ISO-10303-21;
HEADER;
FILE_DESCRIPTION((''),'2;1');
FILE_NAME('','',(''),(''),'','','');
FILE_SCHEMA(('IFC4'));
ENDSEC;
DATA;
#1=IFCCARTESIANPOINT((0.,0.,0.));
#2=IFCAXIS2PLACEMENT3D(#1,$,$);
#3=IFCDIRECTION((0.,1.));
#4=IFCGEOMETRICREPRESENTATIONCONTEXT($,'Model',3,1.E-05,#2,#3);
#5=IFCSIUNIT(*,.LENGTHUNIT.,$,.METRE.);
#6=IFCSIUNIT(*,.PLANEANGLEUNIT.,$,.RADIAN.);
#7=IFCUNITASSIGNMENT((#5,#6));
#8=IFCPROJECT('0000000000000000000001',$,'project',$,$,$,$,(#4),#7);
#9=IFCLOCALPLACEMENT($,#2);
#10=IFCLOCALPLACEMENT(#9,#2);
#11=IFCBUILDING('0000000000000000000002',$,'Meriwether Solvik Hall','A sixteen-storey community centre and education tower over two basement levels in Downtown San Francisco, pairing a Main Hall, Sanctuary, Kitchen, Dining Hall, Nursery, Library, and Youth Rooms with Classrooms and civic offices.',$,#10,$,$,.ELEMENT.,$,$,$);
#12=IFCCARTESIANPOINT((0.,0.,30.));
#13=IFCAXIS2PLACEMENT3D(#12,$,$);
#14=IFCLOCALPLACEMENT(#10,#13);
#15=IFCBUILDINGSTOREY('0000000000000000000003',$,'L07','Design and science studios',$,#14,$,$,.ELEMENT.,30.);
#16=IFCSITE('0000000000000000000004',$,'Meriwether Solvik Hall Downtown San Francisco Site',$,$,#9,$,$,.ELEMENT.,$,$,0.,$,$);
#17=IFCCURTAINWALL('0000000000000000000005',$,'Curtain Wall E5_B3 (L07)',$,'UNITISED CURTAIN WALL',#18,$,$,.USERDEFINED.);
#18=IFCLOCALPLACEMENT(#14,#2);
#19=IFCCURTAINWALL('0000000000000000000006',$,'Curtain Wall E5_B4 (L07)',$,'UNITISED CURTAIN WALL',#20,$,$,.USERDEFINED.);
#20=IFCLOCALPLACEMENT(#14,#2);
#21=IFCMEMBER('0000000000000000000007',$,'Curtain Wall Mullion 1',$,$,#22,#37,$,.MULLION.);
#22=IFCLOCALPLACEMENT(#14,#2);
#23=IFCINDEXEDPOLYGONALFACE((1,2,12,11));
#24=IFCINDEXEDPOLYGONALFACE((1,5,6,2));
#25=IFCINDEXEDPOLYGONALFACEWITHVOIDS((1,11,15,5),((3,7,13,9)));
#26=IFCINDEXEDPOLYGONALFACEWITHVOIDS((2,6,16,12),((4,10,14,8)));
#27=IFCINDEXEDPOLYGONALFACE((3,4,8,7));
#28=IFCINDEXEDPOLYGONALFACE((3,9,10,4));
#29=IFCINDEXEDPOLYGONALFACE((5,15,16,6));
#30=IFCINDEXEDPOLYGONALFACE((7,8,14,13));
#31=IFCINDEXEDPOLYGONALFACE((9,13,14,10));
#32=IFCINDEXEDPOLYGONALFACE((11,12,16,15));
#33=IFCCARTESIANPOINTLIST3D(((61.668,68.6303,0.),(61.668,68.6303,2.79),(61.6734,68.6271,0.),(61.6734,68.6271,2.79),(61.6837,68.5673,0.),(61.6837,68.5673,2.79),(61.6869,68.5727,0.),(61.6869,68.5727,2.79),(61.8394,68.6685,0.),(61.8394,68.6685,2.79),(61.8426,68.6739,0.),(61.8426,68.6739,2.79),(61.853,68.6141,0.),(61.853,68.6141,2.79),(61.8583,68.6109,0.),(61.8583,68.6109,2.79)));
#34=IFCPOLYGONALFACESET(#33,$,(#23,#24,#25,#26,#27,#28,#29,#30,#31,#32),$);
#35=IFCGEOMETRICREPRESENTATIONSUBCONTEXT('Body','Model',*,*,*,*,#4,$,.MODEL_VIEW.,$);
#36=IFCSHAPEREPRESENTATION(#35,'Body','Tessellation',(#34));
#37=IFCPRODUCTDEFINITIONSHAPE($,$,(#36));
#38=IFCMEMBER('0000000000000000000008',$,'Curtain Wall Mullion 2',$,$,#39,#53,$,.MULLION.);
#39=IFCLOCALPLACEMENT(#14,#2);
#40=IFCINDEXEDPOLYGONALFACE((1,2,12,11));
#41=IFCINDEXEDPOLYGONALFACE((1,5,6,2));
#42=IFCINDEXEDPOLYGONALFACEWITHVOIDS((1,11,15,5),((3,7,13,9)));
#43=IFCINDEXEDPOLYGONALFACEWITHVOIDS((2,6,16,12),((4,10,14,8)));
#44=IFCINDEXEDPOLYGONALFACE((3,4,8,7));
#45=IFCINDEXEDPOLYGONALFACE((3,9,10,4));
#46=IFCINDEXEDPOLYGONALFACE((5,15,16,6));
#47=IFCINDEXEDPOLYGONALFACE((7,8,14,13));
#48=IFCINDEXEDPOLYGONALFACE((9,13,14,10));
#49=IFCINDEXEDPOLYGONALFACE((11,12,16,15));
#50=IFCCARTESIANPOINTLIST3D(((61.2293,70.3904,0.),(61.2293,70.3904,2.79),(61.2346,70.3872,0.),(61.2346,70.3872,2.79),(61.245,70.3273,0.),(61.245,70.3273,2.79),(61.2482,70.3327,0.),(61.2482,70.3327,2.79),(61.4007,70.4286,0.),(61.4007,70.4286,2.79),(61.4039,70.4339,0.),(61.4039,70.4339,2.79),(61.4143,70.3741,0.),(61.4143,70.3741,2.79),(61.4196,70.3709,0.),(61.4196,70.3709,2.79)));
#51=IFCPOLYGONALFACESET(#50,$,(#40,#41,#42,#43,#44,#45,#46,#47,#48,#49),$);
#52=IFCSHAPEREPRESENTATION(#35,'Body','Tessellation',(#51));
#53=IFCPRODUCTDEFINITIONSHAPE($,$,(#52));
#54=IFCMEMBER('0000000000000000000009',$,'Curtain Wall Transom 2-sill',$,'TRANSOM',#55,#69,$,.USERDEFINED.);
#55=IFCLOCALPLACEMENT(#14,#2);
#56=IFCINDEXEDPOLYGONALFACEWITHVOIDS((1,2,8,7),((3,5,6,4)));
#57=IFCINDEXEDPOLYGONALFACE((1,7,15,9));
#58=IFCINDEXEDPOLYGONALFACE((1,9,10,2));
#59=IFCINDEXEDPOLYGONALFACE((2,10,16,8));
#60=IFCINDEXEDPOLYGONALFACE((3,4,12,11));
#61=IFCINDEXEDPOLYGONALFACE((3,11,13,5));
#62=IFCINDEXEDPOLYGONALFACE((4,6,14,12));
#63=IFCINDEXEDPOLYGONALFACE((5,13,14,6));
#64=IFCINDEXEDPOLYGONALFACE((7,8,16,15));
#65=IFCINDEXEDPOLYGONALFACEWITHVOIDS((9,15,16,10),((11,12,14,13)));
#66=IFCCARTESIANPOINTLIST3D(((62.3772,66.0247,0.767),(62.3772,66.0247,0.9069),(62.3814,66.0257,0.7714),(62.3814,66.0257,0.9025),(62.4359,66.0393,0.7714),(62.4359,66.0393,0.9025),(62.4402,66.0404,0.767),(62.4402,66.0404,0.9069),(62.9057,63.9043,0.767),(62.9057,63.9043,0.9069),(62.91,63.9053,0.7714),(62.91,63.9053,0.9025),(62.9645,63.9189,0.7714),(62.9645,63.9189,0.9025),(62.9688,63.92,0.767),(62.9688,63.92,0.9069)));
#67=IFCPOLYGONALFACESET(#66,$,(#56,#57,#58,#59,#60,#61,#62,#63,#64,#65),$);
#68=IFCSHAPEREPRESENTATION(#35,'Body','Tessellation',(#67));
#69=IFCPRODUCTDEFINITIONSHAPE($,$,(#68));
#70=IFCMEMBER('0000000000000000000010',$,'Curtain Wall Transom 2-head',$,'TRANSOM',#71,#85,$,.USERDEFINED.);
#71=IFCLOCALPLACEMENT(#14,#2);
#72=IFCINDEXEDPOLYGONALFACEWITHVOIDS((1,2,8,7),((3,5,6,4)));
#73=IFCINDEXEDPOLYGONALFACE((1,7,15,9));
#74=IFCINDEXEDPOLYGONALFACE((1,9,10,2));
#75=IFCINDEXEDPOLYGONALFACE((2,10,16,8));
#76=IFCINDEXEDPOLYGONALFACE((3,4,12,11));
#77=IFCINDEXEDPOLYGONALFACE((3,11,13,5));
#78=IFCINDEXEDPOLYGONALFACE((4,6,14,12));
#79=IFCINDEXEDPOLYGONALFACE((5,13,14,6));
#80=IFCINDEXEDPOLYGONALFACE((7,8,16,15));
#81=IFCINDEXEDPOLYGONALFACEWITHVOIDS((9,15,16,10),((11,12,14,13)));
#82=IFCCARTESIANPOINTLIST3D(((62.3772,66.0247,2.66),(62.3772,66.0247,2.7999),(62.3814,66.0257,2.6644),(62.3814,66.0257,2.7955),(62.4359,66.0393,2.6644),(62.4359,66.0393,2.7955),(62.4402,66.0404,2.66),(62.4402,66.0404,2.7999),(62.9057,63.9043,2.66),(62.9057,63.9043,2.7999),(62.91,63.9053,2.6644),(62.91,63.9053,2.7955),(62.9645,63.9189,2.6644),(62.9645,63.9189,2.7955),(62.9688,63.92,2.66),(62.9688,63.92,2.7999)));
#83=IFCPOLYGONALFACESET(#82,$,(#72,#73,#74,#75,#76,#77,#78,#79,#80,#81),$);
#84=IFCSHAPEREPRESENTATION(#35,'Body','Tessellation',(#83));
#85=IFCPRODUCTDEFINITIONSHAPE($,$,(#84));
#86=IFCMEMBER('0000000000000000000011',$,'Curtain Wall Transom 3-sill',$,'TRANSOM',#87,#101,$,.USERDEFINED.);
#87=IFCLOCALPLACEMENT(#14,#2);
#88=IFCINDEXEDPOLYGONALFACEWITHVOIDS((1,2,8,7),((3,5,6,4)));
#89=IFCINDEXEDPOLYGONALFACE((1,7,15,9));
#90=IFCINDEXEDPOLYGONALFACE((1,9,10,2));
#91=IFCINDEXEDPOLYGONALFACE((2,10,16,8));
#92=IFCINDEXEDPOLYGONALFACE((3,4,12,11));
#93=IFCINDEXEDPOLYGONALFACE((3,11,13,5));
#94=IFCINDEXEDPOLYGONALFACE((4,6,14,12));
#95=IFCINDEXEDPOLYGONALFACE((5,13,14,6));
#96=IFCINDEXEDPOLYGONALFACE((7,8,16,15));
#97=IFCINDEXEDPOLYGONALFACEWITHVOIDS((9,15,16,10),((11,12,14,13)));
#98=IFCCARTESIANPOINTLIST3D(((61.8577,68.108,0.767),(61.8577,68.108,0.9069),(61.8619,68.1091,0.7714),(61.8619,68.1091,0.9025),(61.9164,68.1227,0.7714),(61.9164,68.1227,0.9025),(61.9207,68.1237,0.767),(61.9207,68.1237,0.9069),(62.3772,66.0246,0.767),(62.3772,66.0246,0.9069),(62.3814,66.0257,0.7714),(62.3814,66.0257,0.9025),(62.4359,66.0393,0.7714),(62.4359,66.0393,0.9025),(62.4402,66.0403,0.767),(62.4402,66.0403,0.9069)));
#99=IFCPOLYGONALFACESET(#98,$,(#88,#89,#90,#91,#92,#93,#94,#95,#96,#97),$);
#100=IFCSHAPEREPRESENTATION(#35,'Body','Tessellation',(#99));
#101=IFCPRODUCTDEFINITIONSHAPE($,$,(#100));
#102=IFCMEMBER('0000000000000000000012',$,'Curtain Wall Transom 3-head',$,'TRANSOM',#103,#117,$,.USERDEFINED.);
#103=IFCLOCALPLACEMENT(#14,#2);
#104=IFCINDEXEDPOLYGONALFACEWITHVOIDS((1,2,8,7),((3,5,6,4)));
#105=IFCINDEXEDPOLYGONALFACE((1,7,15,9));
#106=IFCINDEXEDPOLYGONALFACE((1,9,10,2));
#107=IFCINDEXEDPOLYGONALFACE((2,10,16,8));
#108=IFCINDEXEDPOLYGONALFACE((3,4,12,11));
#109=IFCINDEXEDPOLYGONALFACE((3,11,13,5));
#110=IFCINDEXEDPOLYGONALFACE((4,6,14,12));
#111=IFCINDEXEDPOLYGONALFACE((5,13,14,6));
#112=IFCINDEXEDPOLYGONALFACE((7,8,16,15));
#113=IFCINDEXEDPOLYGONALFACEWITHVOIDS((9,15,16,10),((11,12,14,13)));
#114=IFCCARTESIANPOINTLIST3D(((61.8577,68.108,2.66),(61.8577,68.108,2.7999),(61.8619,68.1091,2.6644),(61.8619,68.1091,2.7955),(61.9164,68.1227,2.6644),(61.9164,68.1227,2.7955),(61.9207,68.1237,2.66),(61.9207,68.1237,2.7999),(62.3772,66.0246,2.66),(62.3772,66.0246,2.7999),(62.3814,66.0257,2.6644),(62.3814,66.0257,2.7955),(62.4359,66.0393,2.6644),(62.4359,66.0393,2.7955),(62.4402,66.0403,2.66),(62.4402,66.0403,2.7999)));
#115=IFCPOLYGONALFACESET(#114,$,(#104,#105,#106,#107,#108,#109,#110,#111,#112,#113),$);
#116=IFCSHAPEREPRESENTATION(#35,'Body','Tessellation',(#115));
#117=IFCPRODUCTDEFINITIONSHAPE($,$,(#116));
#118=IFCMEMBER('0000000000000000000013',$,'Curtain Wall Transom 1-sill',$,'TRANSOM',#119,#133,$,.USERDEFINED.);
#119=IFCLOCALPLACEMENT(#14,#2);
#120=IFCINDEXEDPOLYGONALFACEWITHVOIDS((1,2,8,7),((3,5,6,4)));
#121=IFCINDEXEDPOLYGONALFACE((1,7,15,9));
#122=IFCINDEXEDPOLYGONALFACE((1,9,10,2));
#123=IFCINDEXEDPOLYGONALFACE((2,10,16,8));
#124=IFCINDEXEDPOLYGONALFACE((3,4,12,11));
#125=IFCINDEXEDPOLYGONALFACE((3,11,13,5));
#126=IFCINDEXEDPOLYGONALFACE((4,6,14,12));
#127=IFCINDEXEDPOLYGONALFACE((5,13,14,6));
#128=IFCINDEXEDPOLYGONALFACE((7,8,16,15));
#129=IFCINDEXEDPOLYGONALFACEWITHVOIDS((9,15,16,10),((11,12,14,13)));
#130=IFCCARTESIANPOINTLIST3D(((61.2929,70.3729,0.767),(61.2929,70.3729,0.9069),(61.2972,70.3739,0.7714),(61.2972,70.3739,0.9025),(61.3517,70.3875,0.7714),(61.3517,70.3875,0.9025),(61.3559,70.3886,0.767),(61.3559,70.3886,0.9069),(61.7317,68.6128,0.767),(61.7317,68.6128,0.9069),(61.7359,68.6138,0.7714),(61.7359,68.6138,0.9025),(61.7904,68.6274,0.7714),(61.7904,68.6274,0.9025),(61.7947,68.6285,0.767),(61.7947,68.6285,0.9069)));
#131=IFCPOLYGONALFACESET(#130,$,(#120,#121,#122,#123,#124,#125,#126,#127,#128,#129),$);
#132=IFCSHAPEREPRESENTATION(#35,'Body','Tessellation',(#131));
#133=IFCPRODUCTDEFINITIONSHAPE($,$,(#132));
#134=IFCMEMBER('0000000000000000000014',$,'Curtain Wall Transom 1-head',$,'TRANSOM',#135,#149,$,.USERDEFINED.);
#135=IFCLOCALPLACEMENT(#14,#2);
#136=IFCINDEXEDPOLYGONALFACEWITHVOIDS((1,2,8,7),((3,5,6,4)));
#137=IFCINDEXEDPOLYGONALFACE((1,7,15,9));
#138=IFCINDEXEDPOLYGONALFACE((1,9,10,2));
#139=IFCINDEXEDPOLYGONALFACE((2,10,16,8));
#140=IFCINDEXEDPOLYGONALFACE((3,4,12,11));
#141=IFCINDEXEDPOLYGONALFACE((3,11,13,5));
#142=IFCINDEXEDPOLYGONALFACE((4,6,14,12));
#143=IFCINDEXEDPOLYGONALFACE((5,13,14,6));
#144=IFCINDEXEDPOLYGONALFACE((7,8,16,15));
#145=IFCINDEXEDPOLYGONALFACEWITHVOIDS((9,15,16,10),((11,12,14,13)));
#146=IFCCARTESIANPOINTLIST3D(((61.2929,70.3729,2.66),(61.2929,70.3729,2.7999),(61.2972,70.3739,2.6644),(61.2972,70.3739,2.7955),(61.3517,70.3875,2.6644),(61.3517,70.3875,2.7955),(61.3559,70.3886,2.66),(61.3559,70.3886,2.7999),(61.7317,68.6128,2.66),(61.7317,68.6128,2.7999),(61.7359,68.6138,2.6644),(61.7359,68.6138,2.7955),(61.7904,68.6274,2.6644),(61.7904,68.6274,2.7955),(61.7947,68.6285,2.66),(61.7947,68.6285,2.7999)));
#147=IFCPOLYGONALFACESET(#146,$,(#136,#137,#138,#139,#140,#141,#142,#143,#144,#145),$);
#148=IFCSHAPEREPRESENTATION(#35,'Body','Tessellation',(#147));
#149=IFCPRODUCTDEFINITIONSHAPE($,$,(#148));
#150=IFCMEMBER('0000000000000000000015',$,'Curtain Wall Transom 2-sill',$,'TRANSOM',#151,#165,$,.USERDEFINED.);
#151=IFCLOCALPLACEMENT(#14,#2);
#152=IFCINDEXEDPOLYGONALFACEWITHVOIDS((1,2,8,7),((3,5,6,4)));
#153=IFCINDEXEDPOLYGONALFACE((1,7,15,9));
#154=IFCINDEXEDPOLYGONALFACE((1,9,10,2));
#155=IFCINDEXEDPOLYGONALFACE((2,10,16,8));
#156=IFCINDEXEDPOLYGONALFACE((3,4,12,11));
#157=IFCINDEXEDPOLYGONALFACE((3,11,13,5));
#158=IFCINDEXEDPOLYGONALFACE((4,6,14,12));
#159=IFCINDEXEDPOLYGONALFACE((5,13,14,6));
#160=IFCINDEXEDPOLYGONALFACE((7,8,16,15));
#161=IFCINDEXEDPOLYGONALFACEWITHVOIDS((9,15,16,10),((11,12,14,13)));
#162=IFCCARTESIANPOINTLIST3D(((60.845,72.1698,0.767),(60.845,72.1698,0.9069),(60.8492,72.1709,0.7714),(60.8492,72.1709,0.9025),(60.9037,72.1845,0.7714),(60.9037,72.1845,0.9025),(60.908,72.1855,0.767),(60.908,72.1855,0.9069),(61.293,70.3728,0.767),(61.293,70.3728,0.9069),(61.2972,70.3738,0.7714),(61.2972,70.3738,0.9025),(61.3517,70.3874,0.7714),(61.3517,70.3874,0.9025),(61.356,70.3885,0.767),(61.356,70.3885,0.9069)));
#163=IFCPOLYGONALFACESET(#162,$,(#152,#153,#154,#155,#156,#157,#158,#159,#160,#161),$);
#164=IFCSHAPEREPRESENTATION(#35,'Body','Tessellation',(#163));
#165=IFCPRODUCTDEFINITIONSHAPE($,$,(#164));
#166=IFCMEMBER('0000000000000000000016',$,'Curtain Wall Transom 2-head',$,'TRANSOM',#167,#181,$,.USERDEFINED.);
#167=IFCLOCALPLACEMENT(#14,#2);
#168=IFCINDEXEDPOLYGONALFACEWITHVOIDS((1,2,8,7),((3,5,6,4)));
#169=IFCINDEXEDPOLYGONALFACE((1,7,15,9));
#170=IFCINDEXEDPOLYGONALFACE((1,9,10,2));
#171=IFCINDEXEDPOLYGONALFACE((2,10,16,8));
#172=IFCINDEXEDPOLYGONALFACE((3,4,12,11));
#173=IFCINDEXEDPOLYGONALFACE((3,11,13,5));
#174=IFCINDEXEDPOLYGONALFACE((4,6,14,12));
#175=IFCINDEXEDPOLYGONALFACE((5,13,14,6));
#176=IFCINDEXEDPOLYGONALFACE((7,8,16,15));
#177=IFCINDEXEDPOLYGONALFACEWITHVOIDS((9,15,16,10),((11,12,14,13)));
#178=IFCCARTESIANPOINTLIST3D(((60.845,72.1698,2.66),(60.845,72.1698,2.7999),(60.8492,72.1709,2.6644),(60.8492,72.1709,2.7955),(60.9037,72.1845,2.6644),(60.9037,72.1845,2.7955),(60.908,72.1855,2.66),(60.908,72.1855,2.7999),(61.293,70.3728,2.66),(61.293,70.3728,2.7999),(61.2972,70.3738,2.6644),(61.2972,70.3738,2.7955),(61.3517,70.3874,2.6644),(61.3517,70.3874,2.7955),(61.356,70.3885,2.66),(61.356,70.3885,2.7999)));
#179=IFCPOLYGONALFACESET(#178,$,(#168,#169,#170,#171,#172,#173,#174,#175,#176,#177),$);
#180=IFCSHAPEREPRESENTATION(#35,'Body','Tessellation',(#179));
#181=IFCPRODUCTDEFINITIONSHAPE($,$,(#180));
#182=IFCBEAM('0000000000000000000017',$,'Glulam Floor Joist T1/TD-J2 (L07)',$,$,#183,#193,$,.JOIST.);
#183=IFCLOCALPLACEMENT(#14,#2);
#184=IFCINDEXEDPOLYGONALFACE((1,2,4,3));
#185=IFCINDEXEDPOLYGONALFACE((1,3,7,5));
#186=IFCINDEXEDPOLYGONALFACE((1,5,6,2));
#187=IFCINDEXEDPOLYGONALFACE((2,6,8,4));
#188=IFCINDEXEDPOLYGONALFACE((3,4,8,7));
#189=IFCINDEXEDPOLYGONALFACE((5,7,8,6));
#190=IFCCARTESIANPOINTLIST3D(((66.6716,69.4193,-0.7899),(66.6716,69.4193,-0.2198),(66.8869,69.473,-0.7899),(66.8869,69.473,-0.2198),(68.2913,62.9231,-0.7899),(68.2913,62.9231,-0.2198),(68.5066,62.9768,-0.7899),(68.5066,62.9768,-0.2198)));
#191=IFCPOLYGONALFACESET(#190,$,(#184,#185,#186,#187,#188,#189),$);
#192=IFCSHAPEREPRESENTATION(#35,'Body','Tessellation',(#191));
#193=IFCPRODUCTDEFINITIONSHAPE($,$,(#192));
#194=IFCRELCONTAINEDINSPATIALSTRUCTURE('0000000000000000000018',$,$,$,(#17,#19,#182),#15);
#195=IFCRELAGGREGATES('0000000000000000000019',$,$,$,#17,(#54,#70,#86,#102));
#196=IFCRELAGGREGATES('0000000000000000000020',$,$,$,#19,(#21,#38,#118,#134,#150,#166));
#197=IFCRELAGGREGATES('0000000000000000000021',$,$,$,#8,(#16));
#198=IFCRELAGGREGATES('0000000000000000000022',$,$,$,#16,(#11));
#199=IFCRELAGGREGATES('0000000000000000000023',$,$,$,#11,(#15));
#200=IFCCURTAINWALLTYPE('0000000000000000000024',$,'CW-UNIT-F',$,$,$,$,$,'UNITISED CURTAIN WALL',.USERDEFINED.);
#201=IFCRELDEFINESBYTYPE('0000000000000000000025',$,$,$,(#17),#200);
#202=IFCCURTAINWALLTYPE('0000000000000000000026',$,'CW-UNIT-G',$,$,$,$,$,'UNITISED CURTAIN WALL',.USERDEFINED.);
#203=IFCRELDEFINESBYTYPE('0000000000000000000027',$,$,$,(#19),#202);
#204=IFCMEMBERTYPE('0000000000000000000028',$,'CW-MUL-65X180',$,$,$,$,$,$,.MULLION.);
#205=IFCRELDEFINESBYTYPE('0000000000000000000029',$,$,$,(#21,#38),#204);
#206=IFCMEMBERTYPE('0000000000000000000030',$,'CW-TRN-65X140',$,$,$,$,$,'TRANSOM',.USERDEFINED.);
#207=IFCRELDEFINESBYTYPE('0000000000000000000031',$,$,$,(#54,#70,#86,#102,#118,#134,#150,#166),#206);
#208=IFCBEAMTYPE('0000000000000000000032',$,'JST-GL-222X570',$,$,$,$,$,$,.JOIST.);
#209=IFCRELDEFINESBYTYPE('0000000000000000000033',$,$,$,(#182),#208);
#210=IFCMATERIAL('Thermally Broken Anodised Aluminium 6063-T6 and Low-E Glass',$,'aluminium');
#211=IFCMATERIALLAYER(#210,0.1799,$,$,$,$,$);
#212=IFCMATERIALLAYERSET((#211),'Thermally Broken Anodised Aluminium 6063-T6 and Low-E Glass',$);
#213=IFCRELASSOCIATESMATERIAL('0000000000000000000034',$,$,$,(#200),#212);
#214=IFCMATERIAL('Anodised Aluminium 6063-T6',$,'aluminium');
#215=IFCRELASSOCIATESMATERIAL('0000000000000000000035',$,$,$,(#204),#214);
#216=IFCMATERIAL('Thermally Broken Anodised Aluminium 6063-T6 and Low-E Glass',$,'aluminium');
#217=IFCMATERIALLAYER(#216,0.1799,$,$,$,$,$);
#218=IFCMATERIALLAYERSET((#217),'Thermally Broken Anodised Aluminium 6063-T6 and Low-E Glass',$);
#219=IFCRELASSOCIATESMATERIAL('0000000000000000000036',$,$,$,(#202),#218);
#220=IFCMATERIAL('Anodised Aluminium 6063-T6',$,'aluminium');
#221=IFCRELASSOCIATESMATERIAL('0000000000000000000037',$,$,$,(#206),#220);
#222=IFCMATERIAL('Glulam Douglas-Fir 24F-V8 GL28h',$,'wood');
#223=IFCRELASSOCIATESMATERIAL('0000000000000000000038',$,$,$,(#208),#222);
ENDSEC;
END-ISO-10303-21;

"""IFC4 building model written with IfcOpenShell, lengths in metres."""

from ifc_helpers import new_model, si_unit, direction, frame, origin, origin_2d, place, context, subcontext, project, spatial, rectangle, hollow_rectangle, extrude, material, layer, layer_set, material_profile, profile_set, type_object, element, aggregate, save


model = new_model("IFC4")

# Units and contexts
model_context = context("Model", 3, precision=1e-05, world=origin(), true_north=direction((0.0, 1.0)))
body_context = subcontext(model_context, "Body", "Model", "MODEL_VIEW")
ifc_project = project(units=[si_unit("LENGTHUNIT", "METRE"), si_unit("PLANEANGLEUNIT", "RADIAN")], contexts=[model_context])

# Site, building, storey
site_placement = place(None, origin())
site = spatial("IfcSite", under=ifc_project, at=site_placement, Name="Meriwether Solvik Hall Downtown San Francisco Site", CompositionType="ELEMENT", RefElevation=0.0)
building_placement = place(site_placement, origin())
building = spatial("IfcBuilding", under=site, at=building_placement, Name="Meriwether Solvik Hall", Description="A sixteen-storey community centre and education tower over two basement levels in Downtown San Francisco, pairing a Main Hall, Sanctuary, Kitchen, Dining Hall, Nursery, Library, and Youth Rooms with Classrooms and civic offices.", CompositionType="ELEMENT")
storey_placement = place(building_placement, frame((0.0, 0.0, 30.0)))
storey = spatial("IfcBuildingStorey", under=building, at=storey_placement, Name="L07", Description="Design and science studios", CompositionType="ELEMENT", Elevation=30.0)

# Curtain walls, members
ifc_material_1 = material(Name="Thermally Broken Anodised Aluminium 6063-T6 and Low-E Glass", Category="aluminium")
ifc_layer_1 = layer(ifc_material_1, 0.1799)
ifc_layer_set_1 = layer_set([ifc_layer_1], Name="Thermally Broken Anodised Aluminium 6063-T6 and Low-E Glass")
curtain_wall_type_1 = type_object("IfcCurtainWallType", Name="CW-UNIT-F", ElementType="UNITISED CURTAIN WALL", PredefinedType="USERDEFINED", material=ifc_layer_set_1)
curtain_wall_1_placement = place(storey_placement, origin())
curtain_wall_1 = element("IfcCurtainWall", 1, at=curtain_wall_1_placement, inside=storey, type_object=curtain_wall_type_1, Name="Curtain Wall E5_B3 (L07)", ObjectType="UNITISED CURTAIN WALL", PredefinedType="USERDEFINED")
ifc_material_2 = material(Name="Anodised Aluminium 6063-T6", Category="aluminium")
ifc_material_profile_1 = material_profile(ifc_material_2, hollow_rectangle(XDim=0.0649, YDim=0.1799, WallThickness=0.0044, at=origin_2d()), Name="CWM-65X180")
ifc_profile_set_1 = profile_set([ifc_material_profile_1], Name="Anodised Aluminium 6063-T6")
member_type_1 = type_object("IfcMemberType", Name="CW-MUL-65X180", PredefinedType="MULLION", material=ifc_profile_set_1)
ifc_material_3 = material(Name="Thermally Broken Anodised Aluminium 6063-T6 and Low-E Glass", Category="aluminium")
ifc_layer_2 = layer(ifc_material_3, 0.1799)
ifc_layer_set_2 = layer_set([ifc_layer_2], Name="Thermally Broken Anodised Aluminium 6063-T6 and Low-E Glass")
curtain_wall_type_2 = type_object("IfcCurtainWallType", Name="CW-UNIT-G", ElementType="UNITISED CURTAIN WALL", PredefinedType="USERDEFINED", material=ifc_layer_set_2)
curtain_wall_2_placement = place(storey_placement, origin())
curtain_wall_2 = element("IfcCurtainWall", 2, at=curtain_wall_2_placement, inside=storey, type_object=curtain_wall_type_2, Name="Curtain Wall E5_B4 (L07)", ObjectType="UNITISED CURTAIN WALL", PredefinedType="USERDEFINED")
member_1_placement = place(storey_placement, frame((61.7632, 68.6206, 0.0), z_axis=(0.0, 0.0, 1.0), x_axis=(-0.241922, 0.970296, 0.0)))
member_1 = element("IfcMember", 3, at=member_1_placement, type_object=member_type_1, Name="Curtain Wall Mullion 1", PredefinedType="MULLION", context=body_context, shape_type="SweptSolid", body=[
    extrude(hollow_rectangle(XDim=0.0649, YDim=0.1799, WallThickness=0.0044, at=origin_2d()), origin(), (0.0, 0.0, 1.0), 2.79),
])
member_2_placement = place(storey_placement, frame((61.3245, 70.3806, 0.0), z_axis=(0.0, 0.0, 1.0), x_axis=(-0.241922, 0.970296, 0.0)))
member_2 = element("IfcMember", 4, at=member_2_placement, type_object=member_type_1, Name="Curtain Wall Mullion 2", PredefinedType="MULLION", context=body_context, shape_type="SweptSolid", body=[
    extrude(hollow_rectangle(XDim=0.0649, YDim=0.1799, WallThickness=0.0044, at=origin_2d()), origin(), (0.0, 0.0, 1.0), 2.79),
])

# Members
ifc_material_4 = material(Name="Anodised Aluminium 6063-T6", Category="aluminium")
ifc_material_profile_2 = material_profile(ifc_material_4, hollow_rectangle(XDim=0.0649, YDim=0.1399, WallThickness=0.0044, at=origin_2d()), Name="CWT-65X140")
ifc_profile_set_2 = profile_set([ifc_material_profile_2], Name="Anodised Aluminium 6063-T6")
member_type_2 = type_object("IfcMemberType", Name="CW-TRN-65X140", ElementType="TRANSOM", PredefinedType="USERDEFINED", material=ifc_profile_set_2)
member_3_placement = place(storey_placement, frame((62.9373, 63.9121, 0.8369), z_axis=(-0.241878, 0.970307, 0.0), x_axis=(-0.970307, -0.241878, 0.0)))
member_3 = element("IfcMember", 5, at=member_3_placement, type_object=member_type_2, Name="Curtain Wall Transom 2-sill", ObjectType="TRANSOM", PredefinedType="USERDEFINED", context=body_context, shape_type="SweptSolid", body=[
    extrude(hollow_rectangle(XDim=0.0649, YDim=0.1399, WallThickness=0.0044, at=origin_2d()), origin(), (0.0, 0.0, 1.0), 2.1853),
])
member_4_placement = place(storey_placement, frame((62.9373, 63.9121, 2.73), z_axis=(-0.241878, 0.970307, 0.0), x_axis=(-0.970307, -0.241878, 0.0)))
member_4 = element("IfcMember", 6, at=member_4_placement, type_object=member_type_2, Name="Curtain Wall Transom 2-head", ObjectType="TRANSOM", PredefinedType="USERDEFINED", context=body_context, shape_type="SweptSolid", body=[
    extrude(hollow_rectangle(XDim=0.0649, YDim=0.1399, WallThickness=0.0044, at=origin_2d()), origin(), (0.0, 0.0, 1.0), 2.1853),
])
member_5_placement = place(storey_placement, frame((62.4087, 66.0325, 0.8369), z_axis=(-0.241947, 0.970289, 0.0), x_axis=(-0.970289, -0.241947, 0.0)))
member_5 = element("IfcMember", 7, at=member_5_placement, type_object=member_type_2, Name="Curtain Wall Transom 3-sill", ObjectType="TRANSOM", PredefinedType="USERDEFINED", context=body_context, shape_type="SweptSolid", body=[
    extrude(hollow_rectangle(XDim=0.0649, YDim=0.1399, WallThickness=0.0044, at=origin_2d()), origin(), (0.0, 0.0, 1.0), 2.1472),
])
member_6_placement = place(storey_placement, frame((62.4087, 66.0325, 2.73), z_axis=(-0.241947, 0.970289, 0.0), x_axis=(-0.970289, -0.241947, 0.0)))
member_6 = element("IfcMember", 8, at=member_6_placement, type_object=member_type_2, Name="Curtain Wall Transom 3-head", ObjectType="TRANSOM", PredefinedType="USERDEFINED", context=body_context, shape_type="SweptSolid", body=[
    extrude(hollow_rectangle(XDim=0.0649, YDim=0.1399, WallThickness=0.0044, at=origin_2d()), origin(), (0.0, 0.0, 1.0), 2.1472),
])
member_7_placement = place(storey_placement, frame((61.7632, 68.6206, 0.8369), z_axis=(-0.241871, 0.970309, 0.0), x_axis=(-0.970309, -0.241871, 0.0)))
member_7 = element("IfcMember", 9, at=member_7_placement, type_object=member_type_2, Name="Curtain Wall Transom 1-sill", ObjectType="TRANSOM", PredefinedType="USERDEFINED", context=body_context, shape_type="SweptSolid", body=[
    extrude(hollow_rectangle(XDim=0.0649, YDim=0.1399, WallThickness=0.0044, at=origin_2d()), origin(), (0.0, 0.0, 1.0), 1.814),
])
member_8_placement = place(storey_placement, frame((61.7632, 68.6206, 2.73), z_axis=(-0.241871, 0.970309, 0.0), x_axis=(-0.970309, -0.241871, 0.0)))
member_8 = element("IfcMember", 10, at=member_8_placement, type_object=member_type_2, Name="Curtain Wall Transom 1-head", ObjectType="TRANSOM", PredefinedType="USERDEFINED", context=body_context, shape_type="SweptSolid", body=[
    extrude(hollow_rectangle(XDim=0.0649, YDim=0.1399, WallThickness=0.0044, at=origin_2d()), origin(), (0.0, 0.0, 1.0), 1.814),
])
member_9_placement = place(storey_placement, frame((61.3245, 70.3806, 0.8369), z_axis=(-0.241884, 0.970305, 0.0), x_axis=(-0.970305, -0.241884, 0.0)))
member_9 = element("IfcMember", 11, at=member_9_placement, type_object=member_type_2, Name="Curtain Wall Transom 2-sill", ObjectType="TRANSOM", PredefinedType="USERDEFINED", context=body_context, shape_type="SweptSolid", body=[
    extrude(hollow_rectangle(XDim=0.0649, YDim=0.1399, WallThickness=0.0044, at=origin_2d()), origin(), (0.0, 0.0, 1.0), 1.8521),
])
member_10_placement = place(storey_placement, frame((61.3245, 70.3806, 2.73), z_axis=(-0.241884, 0.970305, 0.0), x_axis=(-0.970305, -0.241884, 0.0)))
member_10 = element("IfcMember", 12, at=member_10_placement, type_object=member_type_2, Name="Curtain Wall Transom 2-head", ObjectType="TRANSOM", PredefinedType="USERDEFINED", context=body_context, shape_type="SweptSolid", body=[
    extrude(hollow_rectangle(XDim=0.0649, YDim=0.1399, WallThickness=0.0044, at=origin_2d()), origin(), (0.0, 0.0, 1.0), 1.8521),
])

# Beam
ifc_material_5 = material(Name="Glulam Douglas-Fir 24F-V8 GL28h", Category="wood")
ifc_material_profile_3 = material_profile(ifc_material_5, rectangle(XDim=0.2219, YDim=0.5701, at=origin_2d()), Name="GLJ-222X570")
ifc_profile_set_3 = profile_set([ifc_material_profile_3], Name="Glulam Douglas-Fir 24F-V8 GL28h")
beam_type_1 = type_object("IfcBeamType", Name="JST-GL-222X570", PredefinedType="JOIST", material=ifc_profile_set_3)
beam_1_placement = place(storey_placement, frame((68.3989, 62.95, -0.5049), z_axis=(-0.241918, 0.970297, 0.0), x_axis=(-0.970297, -0.241918, 0.0)))
element("IfcBeam", 13, at=beam_1_placement, inside=storey, type_object=beam_type_1, Name="Glulam Floor Joist T1/TD-J2 (L07)", PredefinedType="JOIST", context=body_context, shape_type="SweptSolid", body=[
    extrude(rectangle(XDim=0.2219, YDim=0.5701, at=origin_2d()), origin(), (0.0, 0.0, 1.0), 6.6951),
])

aggregate(curtain_wall_1, [member_3, member_4, member_5, member_6])
aggregate(curtain_wall_2, [member_1, member_2, member_7, member_8, member_9, member_10])

save(model, "model.ifc")
